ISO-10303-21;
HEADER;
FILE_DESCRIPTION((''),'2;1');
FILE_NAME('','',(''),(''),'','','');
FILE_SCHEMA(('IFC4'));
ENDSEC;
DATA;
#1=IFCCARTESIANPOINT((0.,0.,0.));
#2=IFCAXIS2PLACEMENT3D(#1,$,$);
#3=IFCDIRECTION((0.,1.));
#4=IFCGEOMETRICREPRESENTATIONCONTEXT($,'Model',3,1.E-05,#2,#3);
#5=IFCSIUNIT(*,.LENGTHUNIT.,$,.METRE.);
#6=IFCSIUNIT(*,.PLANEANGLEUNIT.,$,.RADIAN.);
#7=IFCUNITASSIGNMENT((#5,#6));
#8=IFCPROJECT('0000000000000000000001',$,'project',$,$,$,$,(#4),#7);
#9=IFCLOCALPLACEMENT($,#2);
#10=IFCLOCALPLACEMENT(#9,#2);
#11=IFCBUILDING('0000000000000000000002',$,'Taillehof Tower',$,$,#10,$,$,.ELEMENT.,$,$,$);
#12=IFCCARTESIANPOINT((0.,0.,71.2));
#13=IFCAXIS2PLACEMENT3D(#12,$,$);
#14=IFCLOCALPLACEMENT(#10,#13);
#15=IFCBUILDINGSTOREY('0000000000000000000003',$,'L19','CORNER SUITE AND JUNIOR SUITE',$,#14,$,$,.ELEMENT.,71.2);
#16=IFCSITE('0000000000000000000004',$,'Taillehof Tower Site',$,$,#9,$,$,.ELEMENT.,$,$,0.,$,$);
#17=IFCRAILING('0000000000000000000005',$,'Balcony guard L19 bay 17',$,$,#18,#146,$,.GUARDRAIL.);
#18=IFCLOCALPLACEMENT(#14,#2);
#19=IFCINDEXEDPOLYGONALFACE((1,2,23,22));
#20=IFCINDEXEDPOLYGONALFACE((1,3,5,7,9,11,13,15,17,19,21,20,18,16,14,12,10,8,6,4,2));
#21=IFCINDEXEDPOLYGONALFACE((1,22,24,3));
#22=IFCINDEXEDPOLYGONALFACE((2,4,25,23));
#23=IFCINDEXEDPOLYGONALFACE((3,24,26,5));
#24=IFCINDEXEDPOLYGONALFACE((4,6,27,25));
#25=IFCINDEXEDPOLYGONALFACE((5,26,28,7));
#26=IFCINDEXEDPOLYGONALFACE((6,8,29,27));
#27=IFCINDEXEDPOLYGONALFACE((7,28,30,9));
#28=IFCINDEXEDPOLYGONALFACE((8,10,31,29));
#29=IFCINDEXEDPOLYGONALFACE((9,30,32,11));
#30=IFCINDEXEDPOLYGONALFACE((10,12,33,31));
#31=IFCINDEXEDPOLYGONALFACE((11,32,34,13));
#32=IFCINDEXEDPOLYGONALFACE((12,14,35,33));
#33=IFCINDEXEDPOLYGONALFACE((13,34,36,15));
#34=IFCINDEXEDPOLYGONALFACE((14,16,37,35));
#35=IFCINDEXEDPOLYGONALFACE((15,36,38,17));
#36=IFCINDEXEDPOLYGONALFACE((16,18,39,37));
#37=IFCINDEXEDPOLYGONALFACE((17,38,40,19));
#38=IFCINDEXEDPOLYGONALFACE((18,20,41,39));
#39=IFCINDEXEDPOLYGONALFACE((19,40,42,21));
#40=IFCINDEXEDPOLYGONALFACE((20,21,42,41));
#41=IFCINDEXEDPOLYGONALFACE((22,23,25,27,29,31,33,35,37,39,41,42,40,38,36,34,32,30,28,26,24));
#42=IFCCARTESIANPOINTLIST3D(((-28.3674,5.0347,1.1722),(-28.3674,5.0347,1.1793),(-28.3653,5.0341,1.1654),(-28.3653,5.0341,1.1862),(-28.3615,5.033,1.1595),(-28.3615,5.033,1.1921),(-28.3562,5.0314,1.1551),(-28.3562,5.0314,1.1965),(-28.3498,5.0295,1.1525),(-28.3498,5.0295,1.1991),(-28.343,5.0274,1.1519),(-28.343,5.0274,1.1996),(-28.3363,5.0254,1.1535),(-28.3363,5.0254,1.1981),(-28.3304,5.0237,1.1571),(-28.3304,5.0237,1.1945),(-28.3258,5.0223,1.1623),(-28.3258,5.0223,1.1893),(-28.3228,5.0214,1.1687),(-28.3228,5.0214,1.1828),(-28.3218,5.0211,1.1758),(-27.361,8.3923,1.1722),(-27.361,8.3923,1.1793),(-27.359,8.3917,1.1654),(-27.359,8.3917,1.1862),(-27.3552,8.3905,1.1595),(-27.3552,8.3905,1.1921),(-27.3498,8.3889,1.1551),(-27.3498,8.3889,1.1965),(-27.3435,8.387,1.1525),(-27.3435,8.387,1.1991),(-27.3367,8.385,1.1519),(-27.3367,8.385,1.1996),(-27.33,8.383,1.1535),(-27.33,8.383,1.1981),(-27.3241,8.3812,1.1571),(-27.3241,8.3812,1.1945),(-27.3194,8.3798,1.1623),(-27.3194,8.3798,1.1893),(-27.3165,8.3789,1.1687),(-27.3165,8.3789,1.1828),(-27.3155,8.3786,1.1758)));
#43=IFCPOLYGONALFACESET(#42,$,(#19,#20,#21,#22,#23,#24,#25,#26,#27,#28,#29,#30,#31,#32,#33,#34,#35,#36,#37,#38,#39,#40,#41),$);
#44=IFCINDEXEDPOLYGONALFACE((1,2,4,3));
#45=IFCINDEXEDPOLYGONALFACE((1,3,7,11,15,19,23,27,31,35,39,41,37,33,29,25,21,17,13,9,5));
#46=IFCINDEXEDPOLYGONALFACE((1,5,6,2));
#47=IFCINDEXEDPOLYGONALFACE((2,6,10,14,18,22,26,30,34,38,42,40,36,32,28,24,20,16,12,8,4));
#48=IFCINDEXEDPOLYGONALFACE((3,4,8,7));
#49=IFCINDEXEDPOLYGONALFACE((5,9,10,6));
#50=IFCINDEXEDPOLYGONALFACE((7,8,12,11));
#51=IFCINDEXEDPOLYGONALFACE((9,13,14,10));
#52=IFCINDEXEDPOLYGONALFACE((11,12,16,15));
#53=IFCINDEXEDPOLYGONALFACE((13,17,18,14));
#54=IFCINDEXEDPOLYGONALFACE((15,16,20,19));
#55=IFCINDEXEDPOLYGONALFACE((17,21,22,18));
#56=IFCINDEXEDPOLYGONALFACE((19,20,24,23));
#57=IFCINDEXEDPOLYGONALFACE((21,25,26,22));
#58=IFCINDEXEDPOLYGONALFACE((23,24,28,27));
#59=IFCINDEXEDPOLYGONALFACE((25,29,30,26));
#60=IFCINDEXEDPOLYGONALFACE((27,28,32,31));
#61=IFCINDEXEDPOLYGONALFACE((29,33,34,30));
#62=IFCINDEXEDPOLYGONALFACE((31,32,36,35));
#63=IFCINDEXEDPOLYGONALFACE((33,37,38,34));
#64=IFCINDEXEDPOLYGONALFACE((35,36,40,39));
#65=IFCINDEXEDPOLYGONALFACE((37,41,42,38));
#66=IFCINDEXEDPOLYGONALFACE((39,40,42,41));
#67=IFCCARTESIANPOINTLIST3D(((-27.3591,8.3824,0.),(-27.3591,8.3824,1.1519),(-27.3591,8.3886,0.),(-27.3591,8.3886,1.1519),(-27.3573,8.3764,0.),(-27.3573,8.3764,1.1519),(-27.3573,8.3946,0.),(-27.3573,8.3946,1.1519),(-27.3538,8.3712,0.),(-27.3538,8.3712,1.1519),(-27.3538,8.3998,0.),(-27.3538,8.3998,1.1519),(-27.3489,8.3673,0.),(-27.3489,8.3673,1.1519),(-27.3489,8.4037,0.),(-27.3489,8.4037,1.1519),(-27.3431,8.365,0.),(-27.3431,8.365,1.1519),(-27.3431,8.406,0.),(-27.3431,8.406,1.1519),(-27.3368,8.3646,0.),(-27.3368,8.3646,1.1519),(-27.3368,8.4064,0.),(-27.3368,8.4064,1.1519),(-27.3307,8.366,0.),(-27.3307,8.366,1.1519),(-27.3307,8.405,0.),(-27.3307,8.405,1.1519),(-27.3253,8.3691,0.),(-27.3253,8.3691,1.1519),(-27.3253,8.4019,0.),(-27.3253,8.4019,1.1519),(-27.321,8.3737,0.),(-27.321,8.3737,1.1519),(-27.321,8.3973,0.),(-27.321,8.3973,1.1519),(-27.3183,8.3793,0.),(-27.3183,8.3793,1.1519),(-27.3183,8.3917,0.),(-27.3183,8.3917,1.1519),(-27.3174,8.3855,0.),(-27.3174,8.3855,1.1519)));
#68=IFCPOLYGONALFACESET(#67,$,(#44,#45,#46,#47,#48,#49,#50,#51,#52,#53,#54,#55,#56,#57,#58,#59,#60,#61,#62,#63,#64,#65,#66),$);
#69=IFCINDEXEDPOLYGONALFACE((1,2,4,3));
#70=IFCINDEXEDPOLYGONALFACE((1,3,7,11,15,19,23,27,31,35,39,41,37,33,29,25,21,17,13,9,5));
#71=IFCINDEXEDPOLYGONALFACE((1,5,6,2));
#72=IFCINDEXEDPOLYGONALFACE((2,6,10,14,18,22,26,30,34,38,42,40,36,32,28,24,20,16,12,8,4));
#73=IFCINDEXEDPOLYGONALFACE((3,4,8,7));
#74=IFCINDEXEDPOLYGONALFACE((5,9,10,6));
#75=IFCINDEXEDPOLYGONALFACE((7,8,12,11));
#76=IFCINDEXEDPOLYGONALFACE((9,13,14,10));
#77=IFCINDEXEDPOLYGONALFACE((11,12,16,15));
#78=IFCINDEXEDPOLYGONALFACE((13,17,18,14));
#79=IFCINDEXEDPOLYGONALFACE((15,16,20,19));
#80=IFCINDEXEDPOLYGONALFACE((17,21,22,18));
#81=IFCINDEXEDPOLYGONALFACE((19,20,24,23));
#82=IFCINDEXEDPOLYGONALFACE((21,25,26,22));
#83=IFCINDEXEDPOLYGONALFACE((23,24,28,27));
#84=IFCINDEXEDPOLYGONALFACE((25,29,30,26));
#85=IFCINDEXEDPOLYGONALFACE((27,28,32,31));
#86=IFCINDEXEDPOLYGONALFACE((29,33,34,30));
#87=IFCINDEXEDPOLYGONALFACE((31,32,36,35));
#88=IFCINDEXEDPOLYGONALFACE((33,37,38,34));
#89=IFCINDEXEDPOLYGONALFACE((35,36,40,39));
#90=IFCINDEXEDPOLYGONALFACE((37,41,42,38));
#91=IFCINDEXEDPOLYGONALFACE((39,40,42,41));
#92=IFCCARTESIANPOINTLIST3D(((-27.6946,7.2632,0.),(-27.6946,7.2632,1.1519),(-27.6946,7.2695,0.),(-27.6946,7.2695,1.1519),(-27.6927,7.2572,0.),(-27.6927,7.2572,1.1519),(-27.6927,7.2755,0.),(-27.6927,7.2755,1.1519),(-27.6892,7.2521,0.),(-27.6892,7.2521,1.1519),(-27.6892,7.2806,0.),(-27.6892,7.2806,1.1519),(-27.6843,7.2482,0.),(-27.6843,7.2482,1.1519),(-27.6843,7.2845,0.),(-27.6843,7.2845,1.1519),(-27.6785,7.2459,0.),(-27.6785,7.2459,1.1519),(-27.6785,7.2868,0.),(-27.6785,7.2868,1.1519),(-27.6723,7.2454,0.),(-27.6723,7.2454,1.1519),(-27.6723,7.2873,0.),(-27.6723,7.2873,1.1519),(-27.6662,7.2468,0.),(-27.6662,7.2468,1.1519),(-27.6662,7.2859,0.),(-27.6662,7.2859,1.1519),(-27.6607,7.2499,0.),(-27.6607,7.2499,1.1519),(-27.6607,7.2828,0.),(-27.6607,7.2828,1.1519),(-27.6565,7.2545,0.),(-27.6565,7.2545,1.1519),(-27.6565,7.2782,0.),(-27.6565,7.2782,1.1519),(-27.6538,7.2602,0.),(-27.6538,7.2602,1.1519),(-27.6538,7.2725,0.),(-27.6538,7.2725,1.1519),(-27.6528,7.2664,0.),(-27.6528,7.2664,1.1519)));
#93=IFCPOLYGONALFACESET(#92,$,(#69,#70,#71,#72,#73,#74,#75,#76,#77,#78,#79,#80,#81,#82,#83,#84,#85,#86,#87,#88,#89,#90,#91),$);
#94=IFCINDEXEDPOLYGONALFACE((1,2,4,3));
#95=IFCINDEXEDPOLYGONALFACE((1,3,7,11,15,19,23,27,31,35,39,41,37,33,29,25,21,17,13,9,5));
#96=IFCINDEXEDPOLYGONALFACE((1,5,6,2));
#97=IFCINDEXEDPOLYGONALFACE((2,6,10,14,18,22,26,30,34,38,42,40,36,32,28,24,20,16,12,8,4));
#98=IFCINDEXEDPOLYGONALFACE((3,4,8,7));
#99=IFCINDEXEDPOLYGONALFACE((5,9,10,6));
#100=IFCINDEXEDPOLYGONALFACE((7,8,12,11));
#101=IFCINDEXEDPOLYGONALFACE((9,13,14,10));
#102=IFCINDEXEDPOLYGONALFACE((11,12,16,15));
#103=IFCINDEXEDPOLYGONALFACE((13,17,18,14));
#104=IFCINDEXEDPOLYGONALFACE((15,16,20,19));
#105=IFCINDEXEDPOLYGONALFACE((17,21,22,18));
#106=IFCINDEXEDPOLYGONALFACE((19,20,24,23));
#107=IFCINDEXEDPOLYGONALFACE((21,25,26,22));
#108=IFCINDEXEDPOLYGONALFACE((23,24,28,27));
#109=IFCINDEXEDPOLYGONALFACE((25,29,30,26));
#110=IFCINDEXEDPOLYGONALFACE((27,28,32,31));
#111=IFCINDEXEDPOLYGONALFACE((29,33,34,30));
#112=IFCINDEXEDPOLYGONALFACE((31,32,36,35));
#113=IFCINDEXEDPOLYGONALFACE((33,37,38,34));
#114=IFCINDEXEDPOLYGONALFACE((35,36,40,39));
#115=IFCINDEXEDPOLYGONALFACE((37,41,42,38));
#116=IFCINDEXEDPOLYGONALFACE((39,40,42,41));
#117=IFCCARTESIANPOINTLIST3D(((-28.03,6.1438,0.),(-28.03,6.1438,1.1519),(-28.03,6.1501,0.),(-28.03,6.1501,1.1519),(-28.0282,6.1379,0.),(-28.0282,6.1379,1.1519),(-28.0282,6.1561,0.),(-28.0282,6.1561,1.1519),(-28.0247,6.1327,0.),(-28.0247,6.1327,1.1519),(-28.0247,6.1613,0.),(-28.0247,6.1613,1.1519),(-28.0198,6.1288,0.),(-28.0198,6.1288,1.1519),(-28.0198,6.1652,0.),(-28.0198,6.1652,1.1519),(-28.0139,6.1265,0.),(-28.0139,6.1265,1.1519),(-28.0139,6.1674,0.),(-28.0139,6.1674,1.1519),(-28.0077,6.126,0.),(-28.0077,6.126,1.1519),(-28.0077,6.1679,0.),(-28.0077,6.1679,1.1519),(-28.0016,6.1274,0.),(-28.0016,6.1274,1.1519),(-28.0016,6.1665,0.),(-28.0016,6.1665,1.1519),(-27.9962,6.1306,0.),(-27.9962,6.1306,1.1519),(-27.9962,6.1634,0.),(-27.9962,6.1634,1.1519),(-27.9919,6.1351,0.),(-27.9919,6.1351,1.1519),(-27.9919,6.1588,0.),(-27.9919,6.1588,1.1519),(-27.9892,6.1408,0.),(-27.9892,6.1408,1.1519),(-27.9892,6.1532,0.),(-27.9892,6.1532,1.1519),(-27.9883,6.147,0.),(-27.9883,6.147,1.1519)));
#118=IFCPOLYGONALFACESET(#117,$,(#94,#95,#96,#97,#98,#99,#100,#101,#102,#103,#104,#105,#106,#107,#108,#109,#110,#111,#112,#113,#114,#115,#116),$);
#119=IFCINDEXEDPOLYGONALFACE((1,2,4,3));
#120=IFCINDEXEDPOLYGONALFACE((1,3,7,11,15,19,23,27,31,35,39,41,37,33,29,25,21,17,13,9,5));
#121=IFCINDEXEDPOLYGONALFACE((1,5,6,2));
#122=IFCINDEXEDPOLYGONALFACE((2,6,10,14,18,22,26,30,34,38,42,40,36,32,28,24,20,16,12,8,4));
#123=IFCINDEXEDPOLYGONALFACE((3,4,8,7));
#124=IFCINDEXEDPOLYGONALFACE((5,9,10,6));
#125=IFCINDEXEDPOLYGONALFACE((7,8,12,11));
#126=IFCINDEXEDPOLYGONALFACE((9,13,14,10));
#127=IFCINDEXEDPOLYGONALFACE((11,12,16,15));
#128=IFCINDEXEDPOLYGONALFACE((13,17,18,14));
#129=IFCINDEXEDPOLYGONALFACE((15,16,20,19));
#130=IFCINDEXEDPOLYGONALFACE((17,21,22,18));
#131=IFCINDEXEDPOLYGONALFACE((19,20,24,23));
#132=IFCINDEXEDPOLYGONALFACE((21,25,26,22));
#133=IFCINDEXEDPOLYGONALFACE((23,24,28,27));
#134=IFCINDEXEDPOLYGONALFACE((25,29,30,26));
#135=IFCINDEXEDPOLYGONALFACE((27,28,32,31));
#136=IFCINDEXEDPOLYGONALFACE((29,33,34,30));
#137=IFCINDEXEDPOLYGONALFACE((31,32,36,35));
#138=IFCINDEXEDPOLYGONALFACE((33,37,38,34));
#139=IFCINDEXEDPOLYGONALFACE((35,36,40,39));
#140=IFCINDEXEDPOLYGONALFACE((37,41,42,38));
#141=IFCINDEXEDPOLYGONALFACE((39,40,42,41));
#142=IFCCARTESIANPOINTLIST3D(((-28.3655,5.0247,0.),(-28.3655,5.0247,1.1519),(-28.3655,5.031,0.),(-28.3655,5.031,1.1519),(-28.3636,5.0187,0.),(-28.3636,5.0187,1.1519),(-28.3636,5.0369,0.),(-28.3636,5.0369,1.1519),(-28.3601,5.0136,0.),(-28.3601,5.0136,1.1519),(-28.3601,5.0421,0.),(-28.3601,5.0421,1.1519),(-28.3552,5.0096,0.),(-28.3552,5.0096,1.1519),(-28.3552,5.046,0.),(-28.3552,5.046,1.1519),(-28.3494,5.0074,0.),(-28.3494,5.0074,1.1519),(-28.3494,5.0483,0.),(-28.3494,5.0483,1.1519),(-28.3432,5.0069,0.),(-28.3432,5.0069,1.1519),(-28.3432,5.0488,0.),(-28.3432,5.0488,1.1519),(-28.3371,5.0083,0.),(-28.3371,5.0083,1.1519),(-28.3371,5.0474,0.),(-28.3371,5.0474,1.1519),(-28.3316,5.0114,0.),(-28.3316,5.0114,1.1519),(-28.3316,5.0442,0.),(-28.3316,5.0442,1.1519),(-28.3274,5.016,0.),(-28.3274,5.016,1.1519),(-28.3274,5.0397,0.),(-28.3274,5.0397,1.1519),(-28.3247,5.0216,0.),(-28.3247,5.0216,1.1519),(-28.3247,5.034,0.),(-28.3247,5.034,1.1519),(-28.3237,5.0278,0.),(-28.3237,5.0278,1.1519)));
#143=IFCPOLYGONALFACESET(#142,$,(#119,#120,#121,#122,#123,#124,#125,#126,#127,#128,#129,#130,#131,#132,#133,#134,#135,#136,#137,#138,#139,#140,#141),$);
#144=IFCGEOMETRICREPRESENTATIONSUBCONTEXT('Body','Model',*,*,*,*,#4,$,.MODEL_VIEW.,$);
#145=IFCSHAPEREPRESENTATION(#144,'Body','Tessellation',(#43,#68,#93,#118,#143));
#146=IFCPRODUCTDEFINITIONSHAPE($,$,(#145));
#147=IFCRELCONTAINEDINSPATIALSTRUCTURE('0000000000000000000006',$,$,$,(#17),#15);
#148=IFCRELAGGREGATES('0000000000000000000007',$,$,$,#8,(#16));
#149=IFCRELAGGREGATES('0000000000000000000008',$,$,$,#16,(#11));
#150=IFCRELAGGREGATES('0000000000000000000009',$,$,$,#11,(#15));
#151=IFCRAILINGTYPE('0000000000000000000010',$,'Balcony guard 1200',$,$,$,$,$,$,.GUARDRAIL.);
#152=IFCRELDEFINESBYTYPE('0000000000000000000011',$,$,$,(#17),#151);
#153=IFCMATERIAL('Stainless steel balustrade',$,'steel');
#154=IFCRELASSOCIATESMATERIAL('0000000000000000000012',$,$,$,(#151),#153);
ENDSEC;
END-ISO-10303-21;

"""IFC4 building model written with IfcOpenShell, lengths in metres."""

from ifc_helpers import new_model, si_unit, direction, frame, origin, origin_2d, place, context, subcontext, project, spatial, circle, extrude, material, type_object, element, save


model = new_model("IFC4")

# Units and contexts
model_context = context("Model", 3, precision=1e-05, world=origin(), true_north=direction((0.0, 1.0)))
body_context = subcontext(model_context, "Body", "Model", "MODEL_VIEW")
ifc_project = project(units=[si_unit("LENGTHUNIT", "METRE"), si_unit("PLANEANGLEUNIT", "RADIAN")], contexts=[model_context])

# Site, building, storey
site_placement = place(None, origin())
site = spatial("IfcSite", under=ifc_project, at=site_placement, Name="Taillehof Tower Site", CompositionType="ELEMENT", RefElevation=0.0)
building_placement = place(site_placement, origin())
building = spatial("IfcBuilding", under=site, at=building_placement, Name="Taillehof Tower", CompositionType="ELEMENT")
storey_placement = place(building_placement, frame((0.0, 0.0, 71.2)))
storey = spatial("IfcBuildingStorey", under=building, at=storey_placement, Name="L19", Description="CORNER SUITE AND JUNIOR SUITE", CompositionType="ELEMENT", Elevation=71.2)

# Railing
ifc_material_1 = material(Name="Stainless steel balustrade", Category="steel")
railing_type = type_object("IfcRailingType", Name="Balcony guard 1200", PredefinedType="GUARDRAIL", material=ifc_material_1)
railing_placement = place(storey_placement, frame((-27.3384, 8.3855, 0.0)))
element("IfcRailing", 1, at=railing_placement, inside=storey, type_object=railing_type, Name="Balcony guard L19 bay 17", PredefinedType="GUARDRAIL", context=body_context, shape_type="SweptSolid", body=[
    extrude(circle(Radius=0.0239, at=origin_2d()), frame((0.0, 0.0, 1.1758), z_axis=(-0.287099, -0.957901, 0.0), x_axis=(0.957901, -0.287099, 0.0)), (0.0, 0.0, 1.0), 3.5051),
    extrude(circle(Radius=0.021, at=origin_2d()), origin(), (0.0, 0.0, 1.0), 1.1519),
    extrude(circle(Radius=0.021, at=origin_2d()), frame((-0.3354, -1.1191, 0.0)), (0.0, 0.0, 1.0), 1.1519),
    extrude(circle(Radius=0.021, at=origin_2d()), frame((-0.6709, -2.2385, 0.0)), (0.0, 0.0, 1.0), 1.1519),
    extrude(circle(Radius=0.021, at=origin_2d()), frame((-1.0063, -3.3577, 0.0)), (0.0, 0.0, 1.0), 1.1519),
])

save(model, "model.ifc")
